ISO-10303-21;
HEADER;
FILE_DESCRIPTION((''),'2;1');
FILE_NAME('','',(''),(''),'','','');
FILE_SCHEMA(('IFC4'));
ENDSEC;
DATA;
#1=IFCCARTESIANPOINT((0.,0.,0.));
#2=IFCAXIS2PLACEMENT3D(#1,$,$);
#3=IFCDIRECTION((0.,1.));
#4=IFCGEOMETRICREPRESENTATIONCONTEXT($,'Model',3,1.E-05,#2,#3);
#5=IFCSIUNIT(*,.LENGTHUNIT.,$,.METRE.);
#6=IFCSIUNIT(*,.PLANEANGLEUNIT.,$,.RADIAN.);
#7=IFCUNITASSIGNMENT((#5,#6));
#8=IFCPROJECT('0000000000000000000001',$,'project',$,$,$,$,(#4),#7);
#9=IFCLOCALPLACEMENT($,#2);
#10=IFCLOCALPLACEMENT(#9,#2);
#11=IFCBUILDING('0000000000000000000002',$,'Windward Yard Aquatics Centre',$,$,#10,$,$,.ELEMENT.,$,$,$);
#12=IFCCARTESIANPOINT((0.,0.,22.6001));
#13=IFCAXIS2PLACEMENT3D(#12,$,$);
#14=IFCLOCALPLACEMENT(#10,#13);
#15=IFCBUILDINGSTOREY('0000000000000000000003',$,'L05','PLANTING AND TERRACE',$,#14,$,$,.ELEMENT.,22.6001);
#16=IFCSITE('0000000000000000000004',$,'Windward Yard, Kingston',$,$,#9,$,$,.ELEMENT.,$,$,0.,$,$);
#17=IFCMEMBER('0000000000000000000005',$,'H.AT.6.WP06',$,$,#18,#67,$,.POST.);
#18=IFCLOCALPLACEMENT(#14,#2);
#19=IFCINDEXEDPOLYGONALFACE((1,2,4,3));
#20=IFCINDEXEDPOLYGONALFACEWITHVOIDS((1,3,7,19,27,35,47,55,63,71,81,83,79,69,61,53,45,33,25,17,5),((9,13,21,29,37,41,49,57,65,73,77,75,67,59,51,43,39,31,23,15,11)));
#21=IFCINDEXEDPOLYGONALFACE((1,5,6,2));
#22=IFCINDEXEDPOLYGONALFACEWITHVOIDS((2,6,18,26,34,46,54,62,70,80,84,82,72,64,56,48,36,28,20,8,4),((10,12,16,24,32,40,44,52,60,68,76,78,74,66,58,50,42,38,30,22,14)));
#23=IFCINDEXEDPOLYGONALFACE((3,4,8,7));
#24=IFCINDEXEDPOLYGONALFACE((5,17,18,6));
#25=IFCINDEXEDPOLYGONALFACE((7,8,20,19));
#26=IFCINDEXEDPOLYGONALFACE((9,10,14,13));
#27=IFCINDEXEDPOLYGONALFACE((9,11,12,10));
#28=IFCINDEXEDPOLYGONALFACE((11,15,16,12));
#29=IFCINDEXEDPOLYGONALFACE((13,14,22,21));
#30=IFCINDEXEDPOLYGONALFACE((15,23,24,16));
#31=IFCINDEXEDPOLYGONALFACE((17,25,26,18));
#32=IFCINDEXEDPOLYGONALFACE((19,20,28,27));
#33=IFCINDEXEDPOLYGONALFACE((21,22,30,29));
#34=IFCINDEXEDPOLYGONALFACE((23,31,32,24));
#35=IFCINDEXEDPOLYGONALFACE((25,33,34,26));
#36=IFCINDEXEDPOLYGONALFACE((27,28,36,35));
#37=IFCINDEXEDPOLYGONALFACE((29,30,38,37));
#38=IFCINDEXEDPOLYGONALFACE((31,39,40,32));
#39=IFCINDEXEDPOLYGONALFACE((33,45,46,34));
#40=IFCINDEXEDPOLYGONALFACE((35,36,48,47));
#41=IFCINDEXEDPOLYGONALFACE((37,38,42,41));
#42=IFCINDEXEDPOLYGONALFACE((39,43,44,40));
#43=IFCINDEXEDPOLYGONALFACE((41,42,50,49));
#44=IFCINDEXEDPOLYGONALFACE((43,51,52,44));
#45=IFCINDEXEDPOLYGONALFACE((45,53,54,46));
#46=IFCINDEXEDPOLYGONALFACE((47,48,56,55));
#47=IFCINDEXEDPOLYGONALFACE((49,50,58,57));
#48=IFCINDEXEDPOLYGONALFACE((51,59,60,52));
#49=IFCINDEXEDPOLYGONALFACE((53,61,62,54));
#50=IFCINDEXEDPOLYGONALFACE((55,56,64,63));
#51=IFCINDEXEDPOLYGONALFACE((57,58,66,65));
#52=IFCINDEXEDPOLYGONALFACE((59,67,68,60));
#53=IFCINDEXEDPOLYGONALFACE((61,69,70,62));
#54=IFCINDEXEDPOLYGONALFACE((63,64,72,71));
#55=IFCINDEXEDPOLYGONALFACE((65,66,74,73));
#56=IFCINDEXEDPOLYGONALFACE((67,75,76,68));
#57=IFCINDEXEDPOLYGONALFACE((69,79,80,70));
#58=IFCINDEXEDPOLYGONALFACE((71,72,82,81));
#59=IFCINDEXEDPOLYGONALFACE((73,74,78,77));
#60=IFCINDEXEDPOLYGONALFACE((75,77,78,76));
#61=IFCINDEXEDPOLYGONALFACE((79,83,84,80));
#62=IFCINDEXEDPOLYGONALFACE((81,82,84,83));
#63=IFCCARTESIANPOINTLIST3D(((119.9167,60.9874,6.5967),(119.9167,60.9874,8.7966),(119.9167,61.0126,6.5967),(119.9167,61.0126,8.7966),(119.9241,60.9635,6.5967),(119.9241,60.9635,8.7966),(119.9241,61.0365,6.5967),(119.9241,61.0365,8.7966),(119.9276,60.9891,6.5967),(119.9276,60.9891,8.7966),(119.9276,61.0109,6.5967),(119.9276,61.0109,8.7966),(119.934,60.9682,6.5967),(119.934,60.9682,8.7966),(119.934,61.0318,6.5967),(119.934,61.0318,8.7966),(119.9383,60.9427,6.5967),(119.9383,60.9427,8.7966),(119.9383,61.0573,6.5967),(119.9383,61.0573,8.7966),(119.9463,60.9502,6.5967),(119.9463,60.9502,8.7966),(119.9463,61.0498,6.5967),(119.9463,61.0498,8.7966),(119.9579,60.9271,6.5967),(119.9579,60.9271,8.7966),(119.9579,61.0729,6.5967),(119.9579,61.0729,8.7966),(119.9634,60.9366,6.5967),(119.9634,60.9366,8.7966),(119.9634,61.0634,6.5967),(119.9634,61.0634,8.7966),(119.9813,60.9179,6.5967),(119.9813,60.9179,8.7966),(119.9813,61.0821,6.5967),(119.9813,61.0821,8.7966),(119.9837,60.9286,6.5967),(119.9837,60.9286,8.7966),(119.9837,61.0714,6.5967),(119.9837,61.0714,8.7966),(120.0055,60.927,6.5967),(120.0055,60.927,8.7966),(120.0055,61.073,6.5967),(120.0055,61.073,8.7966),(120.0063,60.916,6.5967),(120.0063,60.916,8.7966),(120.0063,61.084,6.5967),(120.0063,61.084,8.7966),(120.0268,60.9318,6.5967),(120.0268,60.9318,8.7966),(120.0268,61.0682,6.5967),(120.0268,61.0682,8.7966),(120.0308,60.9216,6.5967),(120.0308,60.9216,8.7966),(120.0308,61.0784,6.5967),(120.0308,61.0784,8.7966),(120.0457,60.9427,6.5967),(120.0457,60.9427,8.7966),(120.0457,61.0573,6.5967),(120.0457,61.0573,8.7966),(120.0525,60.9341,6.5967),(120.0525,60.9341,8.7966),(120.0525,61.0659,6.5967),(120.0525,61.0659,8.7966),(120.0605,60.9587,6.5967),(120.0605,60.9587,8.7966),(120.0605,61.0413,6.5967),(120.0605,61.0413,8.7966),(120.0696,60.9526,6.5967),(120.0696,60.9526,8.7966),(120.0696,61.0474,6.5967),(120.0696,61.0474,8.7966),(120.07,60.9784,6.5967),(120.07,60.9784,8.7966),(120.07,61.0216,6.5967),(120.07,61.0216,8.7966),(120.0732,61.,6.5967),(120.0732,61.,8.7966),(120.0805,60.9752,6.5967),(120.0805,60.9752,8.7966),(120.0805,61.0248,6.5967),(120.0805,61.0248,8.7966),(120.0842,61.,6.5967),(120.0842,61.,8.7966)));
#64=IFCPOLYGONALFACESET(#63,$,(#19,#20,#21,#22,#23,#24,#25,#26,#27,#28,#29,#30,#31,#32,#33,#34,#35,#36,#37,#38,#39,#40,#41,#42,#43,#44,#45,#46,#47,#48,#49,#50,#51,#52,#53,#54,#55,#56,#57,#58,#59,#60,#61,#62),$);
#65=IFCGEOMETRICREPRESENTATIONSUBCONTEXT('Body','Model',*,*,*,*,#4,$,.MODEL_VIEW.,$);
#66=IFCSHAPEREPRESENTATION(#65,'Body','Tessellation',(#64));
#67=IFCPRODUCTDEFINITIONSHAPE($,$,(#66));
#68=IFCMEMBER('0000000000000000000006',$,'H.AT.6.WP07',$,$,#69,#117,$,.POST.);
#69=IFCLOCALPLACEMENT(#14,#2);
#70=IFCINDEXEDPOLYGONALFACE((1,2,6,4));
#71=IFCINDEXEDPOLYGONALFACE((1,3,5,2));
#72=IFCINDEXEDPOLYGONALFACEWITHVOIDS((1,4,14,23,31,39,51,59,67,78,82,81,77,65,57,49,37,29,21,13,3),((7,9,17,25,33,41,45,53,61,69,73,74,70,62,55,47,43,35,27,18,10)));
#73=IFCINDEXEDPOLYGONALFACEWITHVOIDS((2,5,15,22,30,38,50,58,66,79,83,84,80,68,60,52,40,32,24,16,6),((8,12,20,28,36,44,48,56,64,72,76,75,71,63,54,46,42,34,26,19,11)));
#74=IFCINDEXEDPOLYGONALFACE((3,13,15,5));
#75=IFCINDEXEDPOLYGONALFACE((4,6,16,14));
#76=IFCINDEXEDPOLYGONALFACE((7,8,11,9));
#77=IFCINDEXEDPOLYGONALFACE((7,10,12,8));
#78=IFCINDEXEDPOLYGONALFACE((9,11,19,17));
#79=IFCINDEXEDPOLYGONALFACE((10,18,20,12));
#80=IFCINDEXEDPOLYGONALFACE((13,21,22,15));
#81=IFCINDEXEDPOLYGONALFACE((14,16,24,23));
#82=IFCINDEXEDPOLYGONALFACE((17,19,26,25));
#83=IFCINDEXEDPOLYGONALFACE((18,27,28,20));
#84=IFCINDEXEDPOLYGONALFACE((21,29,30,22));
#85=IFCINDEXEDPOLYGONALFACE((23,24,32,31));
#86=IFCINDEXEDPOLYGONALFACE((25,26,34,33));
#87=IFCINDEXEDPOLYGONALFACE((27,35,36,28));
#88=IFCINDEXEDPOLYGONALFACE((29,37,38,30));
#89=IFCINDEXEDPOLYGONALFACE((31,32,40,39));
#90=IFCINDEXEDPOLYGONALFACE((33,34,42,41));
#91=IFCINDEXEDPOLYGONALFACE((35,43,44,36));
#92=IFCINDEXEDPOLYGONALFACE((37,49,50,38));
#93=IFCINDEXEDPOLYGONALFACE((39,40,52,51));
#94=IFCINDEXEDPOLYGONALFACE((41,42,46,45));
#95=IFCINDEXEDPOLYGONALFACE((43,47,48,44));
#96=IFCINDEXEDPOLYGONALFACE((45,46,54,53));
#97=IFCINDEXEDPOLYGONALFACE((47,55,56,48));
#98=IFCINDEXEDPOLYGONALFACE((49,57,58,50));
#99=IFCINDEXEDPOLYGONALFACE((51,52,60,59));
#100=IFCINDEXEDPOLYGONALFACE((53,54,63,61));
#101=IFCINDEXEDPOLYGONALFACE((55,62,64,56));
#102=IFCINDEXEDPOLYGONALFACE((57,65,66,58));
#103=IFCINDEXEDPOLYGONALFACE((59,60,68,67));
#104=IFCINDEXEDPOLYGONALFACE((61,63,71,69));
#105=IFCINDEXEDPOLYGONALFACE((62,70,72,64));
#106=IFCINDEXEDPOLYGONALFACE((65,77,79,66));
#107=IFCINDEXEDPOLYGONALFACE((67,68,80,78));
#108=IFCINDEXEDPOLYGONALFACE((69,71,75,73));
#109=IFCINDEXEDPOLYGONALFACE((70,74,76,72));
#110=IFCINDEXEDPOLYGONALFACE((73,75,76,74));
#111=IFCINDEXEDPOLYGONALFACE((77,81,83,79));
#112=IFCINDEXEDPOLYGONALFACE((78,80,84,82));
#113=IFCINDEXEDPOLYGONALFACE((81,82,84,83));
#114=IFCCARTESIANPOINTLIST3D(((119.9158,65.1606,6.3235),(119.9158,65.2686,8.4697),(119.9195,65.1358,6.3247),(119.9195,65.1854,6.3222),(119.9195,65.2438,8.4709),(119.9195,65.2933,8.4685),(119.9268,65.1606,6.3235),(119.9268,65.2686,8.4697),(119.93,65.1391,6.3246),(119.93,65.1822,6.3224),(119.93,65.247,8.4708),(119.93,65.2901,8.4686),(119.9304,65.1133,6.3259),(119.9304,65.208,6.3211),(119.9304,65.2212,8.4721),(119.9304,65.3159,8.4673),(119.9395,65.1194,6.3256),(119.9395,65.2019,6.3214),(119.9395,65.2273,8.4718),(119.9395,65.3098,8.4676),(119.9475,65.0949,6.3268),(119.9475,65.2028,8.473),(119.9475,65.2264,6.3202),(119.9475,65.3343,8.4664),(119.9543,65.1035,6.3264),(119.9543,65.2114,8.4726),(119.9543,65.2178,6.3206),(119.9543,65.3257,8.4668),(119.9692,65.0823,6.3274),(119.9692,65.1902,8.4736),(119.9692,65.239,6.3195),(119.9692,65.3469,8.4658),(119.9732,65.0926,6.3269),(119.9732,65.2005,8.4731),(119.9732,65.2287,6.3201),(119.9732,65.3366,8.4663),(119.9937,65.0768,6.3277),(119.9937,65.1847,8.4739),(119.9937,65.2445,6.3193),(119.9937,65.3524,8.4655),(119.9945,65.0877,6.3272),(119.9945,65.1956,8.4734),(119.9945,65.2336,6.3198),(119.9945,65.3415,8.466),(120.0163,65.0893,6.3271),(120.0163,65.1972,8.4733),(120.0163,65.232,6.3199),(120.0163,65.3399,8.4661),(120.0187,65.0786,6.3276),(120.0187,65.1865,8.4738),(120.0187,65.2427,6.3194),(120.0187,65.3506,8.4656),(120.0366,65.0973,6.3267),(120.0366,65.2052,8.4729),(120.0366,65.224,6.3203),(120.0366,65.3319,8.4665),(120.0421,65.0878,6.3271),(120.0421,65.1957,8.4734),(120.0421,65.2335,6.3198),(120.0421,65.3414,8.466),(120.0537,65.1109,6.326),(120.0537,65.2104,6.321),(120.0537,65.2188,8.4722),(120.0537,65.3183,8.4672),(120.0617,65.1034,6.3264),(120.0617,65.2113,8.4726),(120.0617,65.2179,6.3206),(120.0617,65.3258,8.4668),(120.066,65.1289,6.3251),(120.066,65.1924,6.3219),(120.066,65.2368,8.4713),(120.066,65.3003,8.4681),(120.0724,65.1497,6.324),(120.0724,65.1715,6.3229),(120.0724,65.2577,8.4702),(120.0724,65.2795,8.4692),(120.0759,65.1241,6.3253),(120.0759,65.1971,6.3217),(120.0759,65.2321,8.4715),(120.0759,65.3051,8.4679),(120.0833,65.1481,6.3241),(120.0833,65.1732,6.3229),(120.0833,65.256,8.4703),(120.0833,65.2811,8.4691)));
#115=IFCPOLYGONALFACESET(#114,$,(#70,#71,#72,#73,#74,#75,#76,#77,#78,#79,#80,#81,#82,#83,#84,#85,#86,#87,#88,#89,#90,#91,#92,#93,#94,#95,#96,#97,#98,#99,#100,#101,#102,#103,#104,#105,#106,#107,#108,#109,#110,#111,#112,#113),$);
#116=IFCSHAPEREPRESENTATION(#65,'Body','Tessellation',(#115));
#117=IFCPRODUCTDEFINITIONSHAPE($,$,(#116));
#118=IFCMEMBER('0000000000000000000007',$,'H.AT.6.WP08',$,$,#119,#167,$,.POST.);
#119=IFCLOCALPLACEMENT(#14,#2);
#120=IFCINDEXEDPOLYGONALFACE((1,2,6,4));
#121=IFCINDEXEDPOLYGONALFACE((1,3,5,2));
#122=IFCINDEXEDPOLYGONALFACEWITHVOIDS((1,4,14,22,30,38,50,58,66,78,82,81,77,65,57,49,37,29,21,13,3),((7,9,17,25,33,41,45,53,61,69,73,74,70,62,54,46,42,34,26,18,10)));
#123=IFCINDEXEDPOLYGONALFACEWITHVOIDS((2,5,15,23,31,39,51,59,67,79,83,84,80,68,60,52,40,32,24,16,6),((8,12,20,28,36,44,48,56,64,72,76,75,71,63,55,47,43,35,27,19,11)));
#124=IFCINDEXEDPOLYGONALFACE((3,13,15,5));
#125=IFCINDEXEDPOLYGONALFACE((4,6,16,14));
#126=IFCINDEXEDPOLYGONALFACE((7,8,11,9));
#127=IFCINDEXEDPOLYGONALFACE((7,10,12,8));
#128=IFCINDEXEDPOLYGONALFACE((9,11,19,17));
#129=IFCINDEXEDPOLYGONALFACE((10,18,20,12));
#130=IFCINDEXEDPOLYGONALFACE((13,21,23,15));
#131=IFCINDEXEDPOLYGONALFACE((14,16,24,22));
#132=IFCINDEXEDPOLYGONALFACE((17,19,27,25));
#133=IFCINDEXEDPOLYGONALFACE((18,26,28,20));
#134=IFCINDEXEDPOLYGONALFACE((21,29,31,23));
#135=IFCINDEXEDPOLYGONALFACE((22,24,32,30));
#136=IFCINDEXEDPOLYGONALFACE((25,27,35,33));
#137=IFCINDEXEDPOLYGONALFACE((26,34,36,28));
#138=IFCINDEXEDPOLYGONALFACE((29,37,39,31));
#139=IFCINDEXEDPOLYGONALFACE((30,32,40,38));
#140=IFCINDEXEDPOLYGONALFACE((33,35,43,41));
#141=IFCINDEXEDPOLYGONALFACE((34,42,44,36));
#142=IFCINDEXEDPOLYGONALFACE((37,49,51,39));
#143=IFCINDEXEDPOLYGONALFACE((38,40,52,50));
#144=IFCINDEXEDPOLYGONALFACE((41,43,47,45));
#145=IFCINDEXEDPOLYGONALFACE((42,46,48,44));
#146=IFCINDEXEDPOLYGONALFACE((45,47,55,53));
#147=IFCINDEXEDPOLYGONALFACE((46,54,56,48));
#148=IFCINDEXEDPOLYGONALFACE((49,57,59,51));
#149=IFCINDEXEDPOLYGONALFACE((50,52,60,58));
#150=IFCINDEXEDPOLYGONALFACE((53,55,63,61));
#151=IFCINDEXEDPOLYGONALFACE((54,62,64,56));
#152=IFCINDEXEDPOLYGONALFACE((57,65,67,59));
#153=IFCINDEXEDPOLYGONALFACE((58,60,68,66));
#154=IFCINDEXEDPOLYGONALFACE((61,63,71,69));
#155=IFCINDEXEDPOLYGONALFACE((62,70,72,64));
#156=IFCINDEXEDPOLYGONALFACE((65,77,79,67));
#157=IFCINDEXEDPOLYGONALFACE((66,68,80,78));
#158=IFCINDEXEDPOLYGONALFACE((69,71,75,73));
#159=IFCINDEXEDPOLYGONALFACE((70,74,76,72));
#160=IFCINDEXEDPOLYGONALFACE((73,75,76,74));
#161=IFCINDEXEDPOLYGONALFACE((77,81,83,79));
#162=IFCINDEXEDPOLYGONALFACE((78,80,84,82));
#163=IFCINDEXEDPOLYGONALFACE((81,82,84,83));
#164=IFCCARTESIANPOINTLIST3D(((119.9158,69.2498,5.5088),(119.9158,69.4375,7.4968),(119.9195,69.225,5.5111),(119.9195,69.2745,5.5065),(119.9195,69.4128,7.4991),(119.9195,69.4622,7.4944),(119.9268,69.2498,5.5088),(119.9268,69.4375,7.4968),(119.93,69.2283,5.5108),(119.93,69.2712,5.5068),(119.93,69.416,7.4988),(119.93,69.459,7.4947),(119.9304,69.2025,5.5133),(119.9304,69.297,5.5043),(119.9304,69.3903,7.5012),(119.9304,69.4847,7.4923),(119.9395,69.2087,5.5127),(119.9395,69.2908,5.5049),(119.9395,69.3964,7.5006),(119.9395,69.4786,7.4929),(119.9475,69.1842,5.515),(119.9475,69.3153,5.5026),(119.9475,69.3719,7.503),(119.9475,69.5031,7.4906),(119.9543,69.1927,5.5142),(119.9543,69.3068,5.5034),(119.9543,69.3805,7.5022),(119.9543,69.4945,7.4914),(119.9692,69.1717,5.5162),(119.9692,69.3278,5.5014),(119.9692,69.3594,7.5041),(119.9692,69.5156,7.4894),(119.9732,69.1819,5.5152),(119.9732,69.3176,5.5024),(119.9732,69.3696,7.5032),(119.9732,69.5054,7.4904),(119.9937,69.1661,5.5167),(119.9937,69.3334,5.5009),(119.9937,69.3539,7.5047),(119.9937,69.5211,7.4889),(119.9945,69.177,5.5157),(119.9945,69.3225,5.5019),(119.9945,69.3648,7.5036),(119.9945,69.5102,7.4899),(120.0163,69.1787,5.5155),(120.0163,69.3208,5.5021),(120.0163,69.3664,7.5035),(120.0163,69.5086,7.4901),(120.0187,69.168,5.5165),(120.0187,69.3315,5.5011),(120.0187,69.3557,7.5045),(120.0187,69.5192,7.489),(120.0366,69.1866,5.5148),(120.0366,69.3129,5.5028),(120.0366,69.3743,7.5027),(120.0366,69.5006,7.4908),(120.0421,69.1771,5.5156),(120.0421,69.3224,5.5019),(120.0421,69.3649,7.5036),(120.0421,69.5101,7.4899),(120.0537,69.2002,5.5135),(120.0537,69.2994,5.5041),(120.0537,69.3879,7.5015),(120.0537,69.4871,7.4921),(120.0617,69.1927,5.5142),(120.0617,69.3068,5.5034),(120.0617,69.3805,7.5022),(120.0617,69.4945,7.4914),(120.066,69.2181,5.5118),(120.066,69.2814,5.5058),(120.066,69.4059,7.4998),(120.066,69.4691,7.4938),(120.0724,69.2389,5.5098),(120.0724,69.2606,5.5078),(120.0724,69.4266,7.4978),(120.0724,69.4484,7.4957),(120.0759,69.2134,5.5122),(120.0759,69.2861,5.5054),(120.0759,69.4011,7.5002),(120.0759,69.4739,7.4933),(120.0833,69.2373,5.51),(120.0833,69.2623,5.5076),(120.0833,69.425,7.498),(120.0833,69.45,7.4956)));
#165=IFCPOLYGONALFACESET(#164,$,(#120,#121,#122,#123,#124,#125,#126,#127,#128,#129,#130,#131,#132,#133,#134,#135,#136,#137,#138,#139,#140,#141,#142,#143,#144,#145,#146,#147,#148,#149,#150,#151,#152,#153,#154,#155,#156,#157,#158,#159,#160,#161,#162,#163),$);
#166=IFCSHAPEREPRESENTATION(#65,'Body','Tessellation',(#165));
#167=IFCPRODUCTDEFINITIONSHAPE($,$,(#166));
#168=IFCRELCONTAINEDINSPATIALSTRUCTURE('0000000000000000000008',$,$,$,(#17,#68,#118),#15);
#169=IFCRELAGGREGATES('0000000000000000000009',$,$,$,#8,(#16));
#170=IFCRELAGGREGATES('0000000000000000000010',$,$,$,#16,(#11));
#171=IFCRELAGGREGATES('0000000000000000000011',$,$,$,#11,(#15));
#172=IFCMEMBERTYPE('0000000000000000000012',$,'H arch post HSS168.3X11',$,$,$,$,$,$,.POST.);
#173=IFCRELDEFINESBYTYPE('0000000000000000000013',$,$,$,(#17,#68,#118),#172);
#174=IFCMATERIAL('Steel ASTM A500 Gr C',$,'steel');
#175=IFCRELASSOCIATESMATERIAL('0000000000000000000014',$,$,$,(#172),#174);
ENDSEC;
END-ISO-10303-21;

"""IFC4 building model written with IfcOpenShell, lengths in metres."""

from ifc_helpers import new_model, si_unit, direction, frame, origin, origin_2d, place, context, subcontext, project, spatial, hollow_circle, extrude, material, material_profile, profile_set, type_object, element, save


model = new_model("IFC4")

# Units and contexts
model_context = context("Model", 3, precision=1e-05, world=origin(), true_north=direction((0.0, 1.0)))
body_context = subcontext(model_context, "Body", "Model", "MODEL_VIEW")
ifc_project = project(units=[si_unit("LENGTHUNIT", "METRE"), si_unit("PLANEANGLEUNIT", "RADIAN")], contexts=[model_context])

# Site, building, storey
site_placement = place(None, origin())
site = spatial("IfcSite", under=ifc_project, at=site_placement, Name="Windward Yard, Kingston", CompositionType="ELEMENT", RefElevation=0.0)
building_placement = place(site_placement, origin())
building = spatial("IfcBuilding", under=site, at=building_placement, Name="Windward Yard Aquatics Centre", CompositionType="ELEMENT")
storey_placement = place(building_placement, frame((0.0, 0.0, 22.6001)))
storey = spatial("IfcBuildingStorey", under=building, at=storey_placement, Name="L05", Description="PLANTING AND TERRACE", CompositionType="ELEMENT", Elevation=22.6001)

# Members
ifc_material_1 = material(Name="Steel ASTM A500 Gr C", Category="steel")
ifc_material_profile_1 = material_profile(ifc_material_1, hollow_circle(Radius=0.0842, WallThickness=0.011, at=origin_2d()), Name="HSS168.3X11")
ifc_profile_set_1 = profile_set([ifc_material_profile_1], Name="Steel ASTM A500 Gr C")
member_type_1 = type_object("IfcMemberType", Name="H arch post HSS168.3X11", PredefinedType="POST", material=ifc_profile_set_1)
member_1_placement = place(storey_placement, frame((120.0, 61.0, 6.5967), z_axis=(0.0, 0.0, 1.0), x_axis=(1.0, 0.0, 0.0)))
element("IfcMember", 1, at=member_1_placement, inside=storey, type_object=member_type_1, Name="H.AT.6.WP06", PredefinedType="POST", context=body_context, shape_type="SweptSolid", body=[
    extrude(hollow_circle(Radius=0.0842, WallThickness=0.011, at=origin_2d()), origin(), (0.0, 0.0, 1.0), 2.2),
])
member_2_placement = place(storey_placement, frame((120.0, 65.1606, 6.3235), z_axis=(0.0, 0.050215, 0.998738), x_axis=(-1.0, 0.0, 0.0)))
element("IfcMember", 2, at=member_2_placement, inside=storey, type_object=member_type_1, Name="H.AT.6.WP07", PredefinedType="POST", context=body_context, shape_type="SweptSolid", body=[
    extrude(hollow_circle(Radius=0.0842, WallThickness=0.011, at=origin_2d()), origin(), (0.0, 0.0, 1.0), 2.1489),
])
member_3_placement = place(storey_placement, frame((120.0, 69.2498, 5.5088), z_axis=(0.0, 0.094019, 0.99557), x_axis=(-1.0, 0.0, 0.0)))
element("IfcMember", 3, at=member_3_placement, inside=storey, type_object=member_type_1, Name="H.AT.6.WP08", PredefinedType="POST", context=body_context, shape_type="SweptSolid", body=[
    extrude(hollow_circle(Radius=0.0842, WallThickness=0.011, at=origin_2d()), origin(), (0.0, 0.0, 1.0), 1.9968),
])

save(model, "model.ifc")
